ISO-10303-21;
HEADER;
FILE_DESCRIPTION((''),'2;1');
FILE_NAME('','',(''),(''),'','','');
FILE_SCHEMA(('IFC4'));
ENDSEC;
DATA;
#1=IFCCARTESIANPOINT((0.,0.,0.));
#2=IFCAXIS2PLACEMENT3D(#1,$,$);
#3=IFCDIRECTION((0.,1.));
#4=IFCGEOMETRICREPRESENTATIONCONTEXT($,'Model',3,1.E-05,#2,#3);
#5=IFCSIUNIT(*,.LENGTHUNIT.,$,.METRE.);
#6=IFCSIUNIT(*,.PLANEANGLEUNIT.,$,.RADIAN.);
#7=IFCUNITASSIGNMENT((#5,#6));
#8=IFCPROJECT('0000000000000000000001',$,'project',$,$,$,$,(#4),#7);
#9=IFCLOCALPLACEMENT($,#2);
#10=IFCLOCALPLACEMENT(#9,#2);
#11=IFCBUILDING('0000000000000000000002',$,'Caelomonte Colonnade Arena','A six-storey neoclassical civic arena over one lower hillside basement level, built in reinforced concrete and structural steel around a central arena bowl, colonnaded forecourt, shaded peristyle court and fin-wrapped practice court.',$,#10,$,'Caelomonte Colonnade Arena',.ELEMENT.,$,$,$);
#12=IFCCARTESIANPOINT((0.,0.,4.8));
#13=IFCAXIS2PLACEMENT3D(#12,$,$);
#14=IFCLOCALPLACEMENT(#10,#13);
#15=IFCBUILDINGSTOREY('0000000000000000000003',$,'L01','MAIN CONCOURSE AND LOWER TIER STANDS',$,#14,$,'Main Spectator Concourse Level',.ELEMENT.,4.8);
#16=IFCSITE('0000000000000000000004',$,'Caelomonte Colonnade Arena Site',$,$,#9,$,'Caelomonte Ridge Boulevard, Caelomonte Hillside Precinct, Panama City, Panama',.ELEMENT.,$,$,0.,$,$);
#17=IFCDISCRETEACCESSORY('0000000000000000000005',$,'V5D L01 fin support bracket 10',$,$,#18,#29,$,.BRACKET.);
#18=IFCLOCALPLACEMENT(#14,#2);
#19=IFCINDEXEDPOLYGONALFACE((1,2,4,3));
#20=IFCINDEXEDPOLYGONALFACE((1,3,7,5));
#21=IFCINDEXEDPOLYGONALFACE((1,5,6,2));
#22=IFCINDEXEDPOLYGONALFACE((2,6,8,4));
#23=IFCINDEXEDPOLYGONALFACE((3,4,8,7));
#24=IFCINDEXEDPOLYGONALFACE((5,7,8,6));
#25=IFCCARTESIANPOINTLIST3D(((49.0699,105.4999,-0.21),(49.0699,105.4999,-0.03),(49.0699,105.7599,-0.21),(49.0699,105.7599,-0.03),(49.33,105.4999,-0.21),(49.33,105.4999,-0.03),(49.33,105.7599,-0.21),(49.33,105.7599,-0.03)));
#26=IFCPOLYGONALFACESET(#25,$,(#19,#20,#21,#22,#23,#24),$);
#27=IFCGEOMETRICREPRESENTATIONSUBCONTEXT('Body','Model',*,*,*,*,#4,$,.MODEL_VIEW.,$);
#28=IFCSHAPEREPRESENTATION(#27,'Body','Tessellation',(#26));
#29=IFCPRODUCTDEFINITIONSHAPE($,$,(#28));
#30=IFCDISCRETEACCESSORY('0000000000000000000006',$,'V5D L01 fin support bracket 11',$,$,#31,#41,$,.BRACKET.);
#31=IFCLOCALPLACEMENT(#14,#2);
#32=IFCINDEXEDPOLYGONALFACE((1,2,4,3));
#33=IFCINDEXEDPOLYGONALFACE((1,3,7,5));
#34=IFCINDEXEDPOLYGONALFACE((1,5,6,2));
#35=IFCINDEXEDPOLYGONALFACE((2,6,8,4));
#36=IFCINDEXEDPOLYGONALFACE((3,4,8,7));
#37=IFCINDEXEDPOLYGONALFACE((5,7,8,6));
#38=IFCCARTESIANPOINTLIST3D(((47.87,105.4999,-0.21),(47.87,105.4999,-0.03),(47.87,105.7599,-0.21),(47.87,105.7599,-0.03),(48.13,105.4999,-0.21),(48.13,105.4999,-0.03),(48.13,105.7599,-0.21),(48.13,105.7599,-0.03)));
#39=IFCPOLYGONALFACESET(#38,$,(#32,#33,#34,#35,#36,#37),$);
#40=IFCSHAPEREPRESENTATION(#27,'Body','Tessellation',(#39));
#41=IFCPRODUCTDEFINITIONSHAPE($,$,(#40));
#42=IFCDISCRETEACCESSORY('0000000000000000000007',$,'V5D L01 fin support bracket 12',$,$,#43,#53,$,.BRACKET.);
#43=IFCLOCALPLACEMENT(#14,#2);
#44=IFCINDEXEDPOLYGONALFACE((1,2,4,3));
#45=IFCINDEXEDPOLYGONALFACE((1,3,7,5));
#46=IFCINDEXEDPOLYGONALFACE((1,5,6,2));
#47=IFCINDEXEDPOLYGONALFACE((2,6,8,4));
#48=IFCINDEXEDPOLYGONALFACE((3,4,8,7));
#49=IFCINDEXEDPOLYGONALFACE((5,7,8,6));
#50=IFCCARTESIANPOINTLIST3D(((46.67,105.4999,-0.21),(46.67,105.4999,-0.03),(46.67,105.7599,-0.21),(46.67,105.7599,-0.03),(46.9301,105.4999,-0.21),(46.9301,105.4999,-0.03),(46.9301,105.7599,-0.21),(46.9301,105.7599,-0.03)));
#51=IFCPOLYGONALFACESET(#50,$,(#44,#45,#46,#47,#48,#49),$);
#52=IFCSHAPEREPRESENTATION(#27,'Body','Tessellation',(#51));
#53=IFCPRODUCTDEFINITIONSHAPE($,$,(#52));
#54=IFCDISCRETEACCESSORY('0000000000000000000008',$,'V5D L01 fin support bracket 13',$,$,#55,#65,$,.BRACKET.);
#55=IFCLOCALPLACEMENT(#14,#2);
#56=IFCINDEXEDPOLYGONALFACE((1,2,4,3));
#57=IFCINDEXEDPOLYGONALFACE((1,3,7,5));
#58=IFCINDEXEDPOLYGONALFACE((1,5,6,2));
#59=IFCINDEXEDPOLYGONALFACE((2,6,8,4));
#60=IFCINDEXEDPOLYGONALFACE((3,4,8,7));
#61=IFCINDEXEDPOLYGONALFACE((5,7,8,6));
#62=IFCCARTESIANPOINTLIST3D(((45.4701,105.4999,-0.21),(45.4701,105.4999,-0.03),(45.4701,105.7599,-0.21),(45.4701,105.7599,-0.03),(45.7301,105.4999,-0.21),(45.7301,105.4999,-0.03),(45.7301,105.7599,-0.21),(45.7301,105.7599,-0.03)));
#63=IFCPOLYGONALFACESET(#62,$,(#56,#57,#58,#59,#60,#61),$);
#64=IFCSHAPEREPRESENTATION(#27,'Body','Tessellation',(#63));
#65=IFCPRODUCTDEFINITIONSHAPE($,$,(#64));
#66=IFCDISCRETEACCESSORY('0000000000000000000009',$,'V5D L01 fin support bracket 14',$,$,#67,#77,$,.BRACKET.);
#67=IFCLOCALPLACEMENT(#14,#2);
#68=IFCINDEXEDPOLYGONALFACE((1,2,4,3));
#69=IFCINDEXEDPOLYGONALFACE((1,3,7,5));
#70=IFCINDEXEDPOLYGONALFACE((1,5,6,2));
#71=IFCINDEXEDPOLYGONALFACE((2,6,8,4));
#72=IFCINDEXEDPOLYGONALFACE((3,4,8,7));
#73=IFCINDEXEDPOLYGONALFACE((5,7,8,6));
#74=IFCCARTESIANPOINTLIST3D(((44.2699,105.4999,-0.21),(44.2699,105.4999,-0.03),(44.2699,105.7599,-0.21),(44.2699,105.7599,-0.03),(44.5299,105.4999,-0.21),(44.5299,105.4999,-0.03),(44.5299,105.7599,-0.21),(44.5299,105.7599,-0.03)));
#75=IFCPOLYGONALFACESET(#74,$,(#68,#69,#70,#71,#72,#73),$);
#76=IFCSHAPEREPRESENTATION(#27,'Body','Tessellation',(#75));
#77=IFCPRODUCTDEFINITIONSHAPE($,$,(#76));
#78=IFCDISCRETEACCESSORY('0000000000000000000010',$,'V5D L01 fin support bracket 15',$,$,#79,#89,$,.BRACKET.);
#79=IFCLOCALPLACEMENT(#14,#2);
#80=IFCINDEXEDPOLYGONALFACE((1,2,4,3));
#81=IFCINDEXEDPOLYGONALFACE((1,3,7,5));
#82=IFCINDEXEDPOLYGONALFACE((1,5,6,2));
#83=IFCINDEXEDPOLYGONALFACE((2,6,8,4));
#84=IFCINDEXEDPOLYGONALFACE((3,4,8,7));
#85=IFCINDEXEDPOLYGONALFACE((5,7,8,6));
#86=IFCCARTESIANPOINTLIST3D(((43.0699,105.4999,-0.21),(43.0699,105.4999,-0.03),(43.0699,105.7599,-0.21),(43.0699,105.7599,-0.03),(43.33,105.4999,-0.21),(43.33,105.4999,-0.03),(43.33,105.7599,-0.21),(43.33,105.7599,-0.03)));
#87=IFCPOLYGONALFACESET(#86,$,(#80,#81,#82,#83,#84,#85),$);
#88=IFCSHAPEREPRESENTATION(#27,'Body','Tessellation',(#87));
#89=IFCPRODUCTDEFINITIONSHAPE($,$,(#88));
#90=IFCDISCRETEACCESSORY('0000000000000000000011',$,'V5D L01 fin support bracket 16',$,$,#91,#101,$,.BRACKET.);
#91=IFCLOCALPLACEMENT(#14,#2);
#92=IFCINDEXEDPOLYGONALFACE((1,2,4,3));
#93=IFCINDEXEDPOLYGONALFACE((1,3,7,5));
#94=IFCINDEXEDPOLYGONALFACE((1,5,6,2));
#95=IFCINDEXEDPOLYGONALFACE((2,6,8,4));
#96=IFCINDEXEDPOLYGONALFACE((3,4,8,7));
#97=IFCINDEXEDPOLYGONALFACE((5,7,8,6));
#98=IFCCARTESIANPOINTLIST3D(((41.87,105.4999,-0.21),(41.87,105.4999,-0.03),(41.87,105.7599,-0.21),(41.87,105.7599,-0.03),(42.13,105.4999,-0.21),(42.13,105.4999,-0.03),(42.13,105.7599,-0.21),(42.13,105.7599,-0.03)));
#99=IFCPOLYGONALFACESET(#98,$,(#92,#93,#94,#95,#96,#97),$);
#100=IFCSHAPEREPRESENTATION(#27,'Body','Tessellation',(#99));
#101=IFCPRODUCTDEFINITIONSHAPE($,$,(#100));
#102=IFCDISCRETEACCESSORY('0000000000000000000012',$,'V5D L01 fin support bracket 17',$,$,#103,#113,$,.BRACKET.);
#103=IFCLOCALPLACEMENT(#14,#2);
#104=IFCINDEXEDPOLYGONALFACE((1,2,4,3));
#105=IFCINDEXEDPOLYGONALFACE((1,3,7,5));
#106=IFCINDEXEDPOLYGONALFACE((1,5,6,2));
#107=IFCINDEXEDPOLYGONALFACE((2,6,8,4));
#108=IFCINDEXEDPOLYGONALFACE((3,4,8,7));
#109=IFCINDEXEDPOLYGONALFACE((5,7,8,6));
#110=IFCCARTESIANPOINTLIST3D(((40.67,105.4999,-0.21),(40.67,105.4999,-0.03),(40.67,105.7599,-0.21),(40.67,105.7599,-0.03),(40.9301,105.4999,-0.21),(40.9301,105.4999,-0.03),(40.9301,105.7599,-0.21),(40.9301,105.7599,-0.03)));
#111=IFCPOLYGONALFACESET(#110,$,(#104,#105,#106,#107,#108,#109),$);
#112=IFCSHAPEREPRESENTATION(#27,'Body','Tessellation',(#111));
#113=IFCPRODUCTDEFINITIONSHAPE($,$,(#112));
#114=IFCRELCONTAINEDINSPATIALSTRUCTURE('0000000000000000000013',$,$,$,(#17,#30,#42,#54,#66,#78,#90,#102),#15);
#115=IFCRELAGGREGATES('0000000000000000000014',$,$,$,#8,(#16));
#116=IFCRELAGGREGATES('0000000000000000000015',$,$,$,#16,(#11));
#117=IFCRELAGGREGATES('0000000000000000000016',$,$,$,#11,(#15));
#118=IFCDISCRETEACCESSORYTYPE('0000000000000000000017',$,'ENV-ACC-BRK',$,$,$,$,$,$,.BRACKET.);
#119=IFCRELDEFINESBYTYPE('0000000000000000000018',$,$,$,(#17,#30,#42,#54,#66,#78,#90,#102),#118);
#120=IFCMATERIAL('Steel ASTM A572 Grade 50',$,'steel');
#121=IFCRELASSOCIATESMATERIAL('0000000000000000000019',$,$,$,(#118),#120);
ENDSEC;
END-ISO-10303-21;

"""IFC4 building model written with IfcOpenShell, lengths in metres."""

from ifc_helpers import new_model, si_unit, direction, frame, origin, origin_2d, place, context, subcontext, project, spatial, rectangle, extrude, material, type_object, element, save


model = new_model("IFC4")

# Units and contexts
model_context = context("Model", 3, precision=1e-05, world=origin(), true_north=direction((0.0, 1.0)))
body_context = subcontext(model_context, "Body", "Model", "MODEL_VIEW")
ifc_project = project(units=[si_unit("LENGTHUNIT", "METRE"), si_unit("PLANEANGLEUNIT", "RADIAN")], contexts=[model_context])

# Site, building, storey
site_placement = place(None, origin())
site = spatial("IfcSite", under=ifc_project, at=site_placement, Name="Caelomonte Colonnade Arena Site", LongName="Caelomonte Ridge Boulevard, Caelomonte Hillside Precinct, Panama City, Panama", CompositionType="ELEMENT", RefElevation=0.0)
building_placement = place(site_placement, origin())
building = spatial("IfcBuilding", under=site, at=building_placement, Name="Caelomonte Colonnade Arena", Description="A six-storey neoclassical civic arena over one lower hillside basement level, built in reinforced concrete and structural steel around a central arena bowl, colonnaded forecourt, shaded peristyle court and fin-wrapped practice court.", LongName="Caelomonte Colonnade Arena", CompositionType="ELEMENT")
storey_placement = place(building_placement, frame((0.0, 0.0, 4.8)))
storey = spatial("IfcBuildingStorey", under=building, at=storey_placement, Name="L01", Description="MAIN CONCOURSE AND LOWER TIER STANDS", LongName="Main Spectator Concourse Level", CompositionType="ELEMENT", Elevation=4.8)

# Discrete accessories
ifc_material_1 = material(Name="Steel ASTM A572 Grade 50", Category="steel")
discrete_accessory_type = type_object("IfcDiscreteAccessoryType", Name="ENV-ACC-BRK", PredefinedType="BRACKET", material=ifc_material_1)
for number, where, z_axis, x_axis, name in (
    (1, (49.2, 105.6299, -0.21), (0.0, 0.0, 1.0), (-1.0, 0.0, 0.0), "V5D L01 fin support bracket 10"),
    (2, (48.0, 105.6299, -0.21), (0.0, 0.0, 1.0), (-1.0, 0.0, 0.0), "V5D L01 fin support bracket 11"),
    (3, (46.8, 105.6299, -0.21), (0.0, 0.0, 1.0), (-1.0, 0.0, 0.0), "V5D L01 fin support bracket 12"),
    (4, (45.6001, 105.6299, -0.21), (0.0, 0.0, 1.0), (-1.0, 0.0, 0.0), "V5D L01 fin support bracket 13"),
    (5, (44.3999, 105.6299, -0.21), (0.0, 0.0, 1.0), (-1.0, 0.0, 0.0), "V5D L01 fin support bracket 14"),
    (6, (43.2, 105.6299, -0.21), (0.0, 0.0, 1.0), (-1.0, 0.0, 0.0), "V5D L01 fin support bracket 15"),
    (7, (42.0, 105.6299, -0.21), (0.0, 0.0, 1.0), (-1.0, 0.0, 0.0), "V5D L01 fin support bracket 16"),
    (8, (40.8, 105.6299, -0.21), (0.0, 0.0, 1.0), (-1.0, 0.0, 0.0), "V5D L01 fin support bracket 17"),
):
    element("IfcDiscreteAccessory", number, at=place(storey_placement, frame(where, z_axis=z_axis, x_axis=x_axis)), inside=storey, type_object=discrete_accessory_type, Name=name, PredefinedType="BRACKET", context=body_context, shape_type="SweptSolid", body=[
        extrude(rectangle(XDim=0.26, YDim=0.26, at=origin_2d()), origin(), (0.0, 0.0, 1.0), 0.1799),
    ])

save(model, "model.ifc")
